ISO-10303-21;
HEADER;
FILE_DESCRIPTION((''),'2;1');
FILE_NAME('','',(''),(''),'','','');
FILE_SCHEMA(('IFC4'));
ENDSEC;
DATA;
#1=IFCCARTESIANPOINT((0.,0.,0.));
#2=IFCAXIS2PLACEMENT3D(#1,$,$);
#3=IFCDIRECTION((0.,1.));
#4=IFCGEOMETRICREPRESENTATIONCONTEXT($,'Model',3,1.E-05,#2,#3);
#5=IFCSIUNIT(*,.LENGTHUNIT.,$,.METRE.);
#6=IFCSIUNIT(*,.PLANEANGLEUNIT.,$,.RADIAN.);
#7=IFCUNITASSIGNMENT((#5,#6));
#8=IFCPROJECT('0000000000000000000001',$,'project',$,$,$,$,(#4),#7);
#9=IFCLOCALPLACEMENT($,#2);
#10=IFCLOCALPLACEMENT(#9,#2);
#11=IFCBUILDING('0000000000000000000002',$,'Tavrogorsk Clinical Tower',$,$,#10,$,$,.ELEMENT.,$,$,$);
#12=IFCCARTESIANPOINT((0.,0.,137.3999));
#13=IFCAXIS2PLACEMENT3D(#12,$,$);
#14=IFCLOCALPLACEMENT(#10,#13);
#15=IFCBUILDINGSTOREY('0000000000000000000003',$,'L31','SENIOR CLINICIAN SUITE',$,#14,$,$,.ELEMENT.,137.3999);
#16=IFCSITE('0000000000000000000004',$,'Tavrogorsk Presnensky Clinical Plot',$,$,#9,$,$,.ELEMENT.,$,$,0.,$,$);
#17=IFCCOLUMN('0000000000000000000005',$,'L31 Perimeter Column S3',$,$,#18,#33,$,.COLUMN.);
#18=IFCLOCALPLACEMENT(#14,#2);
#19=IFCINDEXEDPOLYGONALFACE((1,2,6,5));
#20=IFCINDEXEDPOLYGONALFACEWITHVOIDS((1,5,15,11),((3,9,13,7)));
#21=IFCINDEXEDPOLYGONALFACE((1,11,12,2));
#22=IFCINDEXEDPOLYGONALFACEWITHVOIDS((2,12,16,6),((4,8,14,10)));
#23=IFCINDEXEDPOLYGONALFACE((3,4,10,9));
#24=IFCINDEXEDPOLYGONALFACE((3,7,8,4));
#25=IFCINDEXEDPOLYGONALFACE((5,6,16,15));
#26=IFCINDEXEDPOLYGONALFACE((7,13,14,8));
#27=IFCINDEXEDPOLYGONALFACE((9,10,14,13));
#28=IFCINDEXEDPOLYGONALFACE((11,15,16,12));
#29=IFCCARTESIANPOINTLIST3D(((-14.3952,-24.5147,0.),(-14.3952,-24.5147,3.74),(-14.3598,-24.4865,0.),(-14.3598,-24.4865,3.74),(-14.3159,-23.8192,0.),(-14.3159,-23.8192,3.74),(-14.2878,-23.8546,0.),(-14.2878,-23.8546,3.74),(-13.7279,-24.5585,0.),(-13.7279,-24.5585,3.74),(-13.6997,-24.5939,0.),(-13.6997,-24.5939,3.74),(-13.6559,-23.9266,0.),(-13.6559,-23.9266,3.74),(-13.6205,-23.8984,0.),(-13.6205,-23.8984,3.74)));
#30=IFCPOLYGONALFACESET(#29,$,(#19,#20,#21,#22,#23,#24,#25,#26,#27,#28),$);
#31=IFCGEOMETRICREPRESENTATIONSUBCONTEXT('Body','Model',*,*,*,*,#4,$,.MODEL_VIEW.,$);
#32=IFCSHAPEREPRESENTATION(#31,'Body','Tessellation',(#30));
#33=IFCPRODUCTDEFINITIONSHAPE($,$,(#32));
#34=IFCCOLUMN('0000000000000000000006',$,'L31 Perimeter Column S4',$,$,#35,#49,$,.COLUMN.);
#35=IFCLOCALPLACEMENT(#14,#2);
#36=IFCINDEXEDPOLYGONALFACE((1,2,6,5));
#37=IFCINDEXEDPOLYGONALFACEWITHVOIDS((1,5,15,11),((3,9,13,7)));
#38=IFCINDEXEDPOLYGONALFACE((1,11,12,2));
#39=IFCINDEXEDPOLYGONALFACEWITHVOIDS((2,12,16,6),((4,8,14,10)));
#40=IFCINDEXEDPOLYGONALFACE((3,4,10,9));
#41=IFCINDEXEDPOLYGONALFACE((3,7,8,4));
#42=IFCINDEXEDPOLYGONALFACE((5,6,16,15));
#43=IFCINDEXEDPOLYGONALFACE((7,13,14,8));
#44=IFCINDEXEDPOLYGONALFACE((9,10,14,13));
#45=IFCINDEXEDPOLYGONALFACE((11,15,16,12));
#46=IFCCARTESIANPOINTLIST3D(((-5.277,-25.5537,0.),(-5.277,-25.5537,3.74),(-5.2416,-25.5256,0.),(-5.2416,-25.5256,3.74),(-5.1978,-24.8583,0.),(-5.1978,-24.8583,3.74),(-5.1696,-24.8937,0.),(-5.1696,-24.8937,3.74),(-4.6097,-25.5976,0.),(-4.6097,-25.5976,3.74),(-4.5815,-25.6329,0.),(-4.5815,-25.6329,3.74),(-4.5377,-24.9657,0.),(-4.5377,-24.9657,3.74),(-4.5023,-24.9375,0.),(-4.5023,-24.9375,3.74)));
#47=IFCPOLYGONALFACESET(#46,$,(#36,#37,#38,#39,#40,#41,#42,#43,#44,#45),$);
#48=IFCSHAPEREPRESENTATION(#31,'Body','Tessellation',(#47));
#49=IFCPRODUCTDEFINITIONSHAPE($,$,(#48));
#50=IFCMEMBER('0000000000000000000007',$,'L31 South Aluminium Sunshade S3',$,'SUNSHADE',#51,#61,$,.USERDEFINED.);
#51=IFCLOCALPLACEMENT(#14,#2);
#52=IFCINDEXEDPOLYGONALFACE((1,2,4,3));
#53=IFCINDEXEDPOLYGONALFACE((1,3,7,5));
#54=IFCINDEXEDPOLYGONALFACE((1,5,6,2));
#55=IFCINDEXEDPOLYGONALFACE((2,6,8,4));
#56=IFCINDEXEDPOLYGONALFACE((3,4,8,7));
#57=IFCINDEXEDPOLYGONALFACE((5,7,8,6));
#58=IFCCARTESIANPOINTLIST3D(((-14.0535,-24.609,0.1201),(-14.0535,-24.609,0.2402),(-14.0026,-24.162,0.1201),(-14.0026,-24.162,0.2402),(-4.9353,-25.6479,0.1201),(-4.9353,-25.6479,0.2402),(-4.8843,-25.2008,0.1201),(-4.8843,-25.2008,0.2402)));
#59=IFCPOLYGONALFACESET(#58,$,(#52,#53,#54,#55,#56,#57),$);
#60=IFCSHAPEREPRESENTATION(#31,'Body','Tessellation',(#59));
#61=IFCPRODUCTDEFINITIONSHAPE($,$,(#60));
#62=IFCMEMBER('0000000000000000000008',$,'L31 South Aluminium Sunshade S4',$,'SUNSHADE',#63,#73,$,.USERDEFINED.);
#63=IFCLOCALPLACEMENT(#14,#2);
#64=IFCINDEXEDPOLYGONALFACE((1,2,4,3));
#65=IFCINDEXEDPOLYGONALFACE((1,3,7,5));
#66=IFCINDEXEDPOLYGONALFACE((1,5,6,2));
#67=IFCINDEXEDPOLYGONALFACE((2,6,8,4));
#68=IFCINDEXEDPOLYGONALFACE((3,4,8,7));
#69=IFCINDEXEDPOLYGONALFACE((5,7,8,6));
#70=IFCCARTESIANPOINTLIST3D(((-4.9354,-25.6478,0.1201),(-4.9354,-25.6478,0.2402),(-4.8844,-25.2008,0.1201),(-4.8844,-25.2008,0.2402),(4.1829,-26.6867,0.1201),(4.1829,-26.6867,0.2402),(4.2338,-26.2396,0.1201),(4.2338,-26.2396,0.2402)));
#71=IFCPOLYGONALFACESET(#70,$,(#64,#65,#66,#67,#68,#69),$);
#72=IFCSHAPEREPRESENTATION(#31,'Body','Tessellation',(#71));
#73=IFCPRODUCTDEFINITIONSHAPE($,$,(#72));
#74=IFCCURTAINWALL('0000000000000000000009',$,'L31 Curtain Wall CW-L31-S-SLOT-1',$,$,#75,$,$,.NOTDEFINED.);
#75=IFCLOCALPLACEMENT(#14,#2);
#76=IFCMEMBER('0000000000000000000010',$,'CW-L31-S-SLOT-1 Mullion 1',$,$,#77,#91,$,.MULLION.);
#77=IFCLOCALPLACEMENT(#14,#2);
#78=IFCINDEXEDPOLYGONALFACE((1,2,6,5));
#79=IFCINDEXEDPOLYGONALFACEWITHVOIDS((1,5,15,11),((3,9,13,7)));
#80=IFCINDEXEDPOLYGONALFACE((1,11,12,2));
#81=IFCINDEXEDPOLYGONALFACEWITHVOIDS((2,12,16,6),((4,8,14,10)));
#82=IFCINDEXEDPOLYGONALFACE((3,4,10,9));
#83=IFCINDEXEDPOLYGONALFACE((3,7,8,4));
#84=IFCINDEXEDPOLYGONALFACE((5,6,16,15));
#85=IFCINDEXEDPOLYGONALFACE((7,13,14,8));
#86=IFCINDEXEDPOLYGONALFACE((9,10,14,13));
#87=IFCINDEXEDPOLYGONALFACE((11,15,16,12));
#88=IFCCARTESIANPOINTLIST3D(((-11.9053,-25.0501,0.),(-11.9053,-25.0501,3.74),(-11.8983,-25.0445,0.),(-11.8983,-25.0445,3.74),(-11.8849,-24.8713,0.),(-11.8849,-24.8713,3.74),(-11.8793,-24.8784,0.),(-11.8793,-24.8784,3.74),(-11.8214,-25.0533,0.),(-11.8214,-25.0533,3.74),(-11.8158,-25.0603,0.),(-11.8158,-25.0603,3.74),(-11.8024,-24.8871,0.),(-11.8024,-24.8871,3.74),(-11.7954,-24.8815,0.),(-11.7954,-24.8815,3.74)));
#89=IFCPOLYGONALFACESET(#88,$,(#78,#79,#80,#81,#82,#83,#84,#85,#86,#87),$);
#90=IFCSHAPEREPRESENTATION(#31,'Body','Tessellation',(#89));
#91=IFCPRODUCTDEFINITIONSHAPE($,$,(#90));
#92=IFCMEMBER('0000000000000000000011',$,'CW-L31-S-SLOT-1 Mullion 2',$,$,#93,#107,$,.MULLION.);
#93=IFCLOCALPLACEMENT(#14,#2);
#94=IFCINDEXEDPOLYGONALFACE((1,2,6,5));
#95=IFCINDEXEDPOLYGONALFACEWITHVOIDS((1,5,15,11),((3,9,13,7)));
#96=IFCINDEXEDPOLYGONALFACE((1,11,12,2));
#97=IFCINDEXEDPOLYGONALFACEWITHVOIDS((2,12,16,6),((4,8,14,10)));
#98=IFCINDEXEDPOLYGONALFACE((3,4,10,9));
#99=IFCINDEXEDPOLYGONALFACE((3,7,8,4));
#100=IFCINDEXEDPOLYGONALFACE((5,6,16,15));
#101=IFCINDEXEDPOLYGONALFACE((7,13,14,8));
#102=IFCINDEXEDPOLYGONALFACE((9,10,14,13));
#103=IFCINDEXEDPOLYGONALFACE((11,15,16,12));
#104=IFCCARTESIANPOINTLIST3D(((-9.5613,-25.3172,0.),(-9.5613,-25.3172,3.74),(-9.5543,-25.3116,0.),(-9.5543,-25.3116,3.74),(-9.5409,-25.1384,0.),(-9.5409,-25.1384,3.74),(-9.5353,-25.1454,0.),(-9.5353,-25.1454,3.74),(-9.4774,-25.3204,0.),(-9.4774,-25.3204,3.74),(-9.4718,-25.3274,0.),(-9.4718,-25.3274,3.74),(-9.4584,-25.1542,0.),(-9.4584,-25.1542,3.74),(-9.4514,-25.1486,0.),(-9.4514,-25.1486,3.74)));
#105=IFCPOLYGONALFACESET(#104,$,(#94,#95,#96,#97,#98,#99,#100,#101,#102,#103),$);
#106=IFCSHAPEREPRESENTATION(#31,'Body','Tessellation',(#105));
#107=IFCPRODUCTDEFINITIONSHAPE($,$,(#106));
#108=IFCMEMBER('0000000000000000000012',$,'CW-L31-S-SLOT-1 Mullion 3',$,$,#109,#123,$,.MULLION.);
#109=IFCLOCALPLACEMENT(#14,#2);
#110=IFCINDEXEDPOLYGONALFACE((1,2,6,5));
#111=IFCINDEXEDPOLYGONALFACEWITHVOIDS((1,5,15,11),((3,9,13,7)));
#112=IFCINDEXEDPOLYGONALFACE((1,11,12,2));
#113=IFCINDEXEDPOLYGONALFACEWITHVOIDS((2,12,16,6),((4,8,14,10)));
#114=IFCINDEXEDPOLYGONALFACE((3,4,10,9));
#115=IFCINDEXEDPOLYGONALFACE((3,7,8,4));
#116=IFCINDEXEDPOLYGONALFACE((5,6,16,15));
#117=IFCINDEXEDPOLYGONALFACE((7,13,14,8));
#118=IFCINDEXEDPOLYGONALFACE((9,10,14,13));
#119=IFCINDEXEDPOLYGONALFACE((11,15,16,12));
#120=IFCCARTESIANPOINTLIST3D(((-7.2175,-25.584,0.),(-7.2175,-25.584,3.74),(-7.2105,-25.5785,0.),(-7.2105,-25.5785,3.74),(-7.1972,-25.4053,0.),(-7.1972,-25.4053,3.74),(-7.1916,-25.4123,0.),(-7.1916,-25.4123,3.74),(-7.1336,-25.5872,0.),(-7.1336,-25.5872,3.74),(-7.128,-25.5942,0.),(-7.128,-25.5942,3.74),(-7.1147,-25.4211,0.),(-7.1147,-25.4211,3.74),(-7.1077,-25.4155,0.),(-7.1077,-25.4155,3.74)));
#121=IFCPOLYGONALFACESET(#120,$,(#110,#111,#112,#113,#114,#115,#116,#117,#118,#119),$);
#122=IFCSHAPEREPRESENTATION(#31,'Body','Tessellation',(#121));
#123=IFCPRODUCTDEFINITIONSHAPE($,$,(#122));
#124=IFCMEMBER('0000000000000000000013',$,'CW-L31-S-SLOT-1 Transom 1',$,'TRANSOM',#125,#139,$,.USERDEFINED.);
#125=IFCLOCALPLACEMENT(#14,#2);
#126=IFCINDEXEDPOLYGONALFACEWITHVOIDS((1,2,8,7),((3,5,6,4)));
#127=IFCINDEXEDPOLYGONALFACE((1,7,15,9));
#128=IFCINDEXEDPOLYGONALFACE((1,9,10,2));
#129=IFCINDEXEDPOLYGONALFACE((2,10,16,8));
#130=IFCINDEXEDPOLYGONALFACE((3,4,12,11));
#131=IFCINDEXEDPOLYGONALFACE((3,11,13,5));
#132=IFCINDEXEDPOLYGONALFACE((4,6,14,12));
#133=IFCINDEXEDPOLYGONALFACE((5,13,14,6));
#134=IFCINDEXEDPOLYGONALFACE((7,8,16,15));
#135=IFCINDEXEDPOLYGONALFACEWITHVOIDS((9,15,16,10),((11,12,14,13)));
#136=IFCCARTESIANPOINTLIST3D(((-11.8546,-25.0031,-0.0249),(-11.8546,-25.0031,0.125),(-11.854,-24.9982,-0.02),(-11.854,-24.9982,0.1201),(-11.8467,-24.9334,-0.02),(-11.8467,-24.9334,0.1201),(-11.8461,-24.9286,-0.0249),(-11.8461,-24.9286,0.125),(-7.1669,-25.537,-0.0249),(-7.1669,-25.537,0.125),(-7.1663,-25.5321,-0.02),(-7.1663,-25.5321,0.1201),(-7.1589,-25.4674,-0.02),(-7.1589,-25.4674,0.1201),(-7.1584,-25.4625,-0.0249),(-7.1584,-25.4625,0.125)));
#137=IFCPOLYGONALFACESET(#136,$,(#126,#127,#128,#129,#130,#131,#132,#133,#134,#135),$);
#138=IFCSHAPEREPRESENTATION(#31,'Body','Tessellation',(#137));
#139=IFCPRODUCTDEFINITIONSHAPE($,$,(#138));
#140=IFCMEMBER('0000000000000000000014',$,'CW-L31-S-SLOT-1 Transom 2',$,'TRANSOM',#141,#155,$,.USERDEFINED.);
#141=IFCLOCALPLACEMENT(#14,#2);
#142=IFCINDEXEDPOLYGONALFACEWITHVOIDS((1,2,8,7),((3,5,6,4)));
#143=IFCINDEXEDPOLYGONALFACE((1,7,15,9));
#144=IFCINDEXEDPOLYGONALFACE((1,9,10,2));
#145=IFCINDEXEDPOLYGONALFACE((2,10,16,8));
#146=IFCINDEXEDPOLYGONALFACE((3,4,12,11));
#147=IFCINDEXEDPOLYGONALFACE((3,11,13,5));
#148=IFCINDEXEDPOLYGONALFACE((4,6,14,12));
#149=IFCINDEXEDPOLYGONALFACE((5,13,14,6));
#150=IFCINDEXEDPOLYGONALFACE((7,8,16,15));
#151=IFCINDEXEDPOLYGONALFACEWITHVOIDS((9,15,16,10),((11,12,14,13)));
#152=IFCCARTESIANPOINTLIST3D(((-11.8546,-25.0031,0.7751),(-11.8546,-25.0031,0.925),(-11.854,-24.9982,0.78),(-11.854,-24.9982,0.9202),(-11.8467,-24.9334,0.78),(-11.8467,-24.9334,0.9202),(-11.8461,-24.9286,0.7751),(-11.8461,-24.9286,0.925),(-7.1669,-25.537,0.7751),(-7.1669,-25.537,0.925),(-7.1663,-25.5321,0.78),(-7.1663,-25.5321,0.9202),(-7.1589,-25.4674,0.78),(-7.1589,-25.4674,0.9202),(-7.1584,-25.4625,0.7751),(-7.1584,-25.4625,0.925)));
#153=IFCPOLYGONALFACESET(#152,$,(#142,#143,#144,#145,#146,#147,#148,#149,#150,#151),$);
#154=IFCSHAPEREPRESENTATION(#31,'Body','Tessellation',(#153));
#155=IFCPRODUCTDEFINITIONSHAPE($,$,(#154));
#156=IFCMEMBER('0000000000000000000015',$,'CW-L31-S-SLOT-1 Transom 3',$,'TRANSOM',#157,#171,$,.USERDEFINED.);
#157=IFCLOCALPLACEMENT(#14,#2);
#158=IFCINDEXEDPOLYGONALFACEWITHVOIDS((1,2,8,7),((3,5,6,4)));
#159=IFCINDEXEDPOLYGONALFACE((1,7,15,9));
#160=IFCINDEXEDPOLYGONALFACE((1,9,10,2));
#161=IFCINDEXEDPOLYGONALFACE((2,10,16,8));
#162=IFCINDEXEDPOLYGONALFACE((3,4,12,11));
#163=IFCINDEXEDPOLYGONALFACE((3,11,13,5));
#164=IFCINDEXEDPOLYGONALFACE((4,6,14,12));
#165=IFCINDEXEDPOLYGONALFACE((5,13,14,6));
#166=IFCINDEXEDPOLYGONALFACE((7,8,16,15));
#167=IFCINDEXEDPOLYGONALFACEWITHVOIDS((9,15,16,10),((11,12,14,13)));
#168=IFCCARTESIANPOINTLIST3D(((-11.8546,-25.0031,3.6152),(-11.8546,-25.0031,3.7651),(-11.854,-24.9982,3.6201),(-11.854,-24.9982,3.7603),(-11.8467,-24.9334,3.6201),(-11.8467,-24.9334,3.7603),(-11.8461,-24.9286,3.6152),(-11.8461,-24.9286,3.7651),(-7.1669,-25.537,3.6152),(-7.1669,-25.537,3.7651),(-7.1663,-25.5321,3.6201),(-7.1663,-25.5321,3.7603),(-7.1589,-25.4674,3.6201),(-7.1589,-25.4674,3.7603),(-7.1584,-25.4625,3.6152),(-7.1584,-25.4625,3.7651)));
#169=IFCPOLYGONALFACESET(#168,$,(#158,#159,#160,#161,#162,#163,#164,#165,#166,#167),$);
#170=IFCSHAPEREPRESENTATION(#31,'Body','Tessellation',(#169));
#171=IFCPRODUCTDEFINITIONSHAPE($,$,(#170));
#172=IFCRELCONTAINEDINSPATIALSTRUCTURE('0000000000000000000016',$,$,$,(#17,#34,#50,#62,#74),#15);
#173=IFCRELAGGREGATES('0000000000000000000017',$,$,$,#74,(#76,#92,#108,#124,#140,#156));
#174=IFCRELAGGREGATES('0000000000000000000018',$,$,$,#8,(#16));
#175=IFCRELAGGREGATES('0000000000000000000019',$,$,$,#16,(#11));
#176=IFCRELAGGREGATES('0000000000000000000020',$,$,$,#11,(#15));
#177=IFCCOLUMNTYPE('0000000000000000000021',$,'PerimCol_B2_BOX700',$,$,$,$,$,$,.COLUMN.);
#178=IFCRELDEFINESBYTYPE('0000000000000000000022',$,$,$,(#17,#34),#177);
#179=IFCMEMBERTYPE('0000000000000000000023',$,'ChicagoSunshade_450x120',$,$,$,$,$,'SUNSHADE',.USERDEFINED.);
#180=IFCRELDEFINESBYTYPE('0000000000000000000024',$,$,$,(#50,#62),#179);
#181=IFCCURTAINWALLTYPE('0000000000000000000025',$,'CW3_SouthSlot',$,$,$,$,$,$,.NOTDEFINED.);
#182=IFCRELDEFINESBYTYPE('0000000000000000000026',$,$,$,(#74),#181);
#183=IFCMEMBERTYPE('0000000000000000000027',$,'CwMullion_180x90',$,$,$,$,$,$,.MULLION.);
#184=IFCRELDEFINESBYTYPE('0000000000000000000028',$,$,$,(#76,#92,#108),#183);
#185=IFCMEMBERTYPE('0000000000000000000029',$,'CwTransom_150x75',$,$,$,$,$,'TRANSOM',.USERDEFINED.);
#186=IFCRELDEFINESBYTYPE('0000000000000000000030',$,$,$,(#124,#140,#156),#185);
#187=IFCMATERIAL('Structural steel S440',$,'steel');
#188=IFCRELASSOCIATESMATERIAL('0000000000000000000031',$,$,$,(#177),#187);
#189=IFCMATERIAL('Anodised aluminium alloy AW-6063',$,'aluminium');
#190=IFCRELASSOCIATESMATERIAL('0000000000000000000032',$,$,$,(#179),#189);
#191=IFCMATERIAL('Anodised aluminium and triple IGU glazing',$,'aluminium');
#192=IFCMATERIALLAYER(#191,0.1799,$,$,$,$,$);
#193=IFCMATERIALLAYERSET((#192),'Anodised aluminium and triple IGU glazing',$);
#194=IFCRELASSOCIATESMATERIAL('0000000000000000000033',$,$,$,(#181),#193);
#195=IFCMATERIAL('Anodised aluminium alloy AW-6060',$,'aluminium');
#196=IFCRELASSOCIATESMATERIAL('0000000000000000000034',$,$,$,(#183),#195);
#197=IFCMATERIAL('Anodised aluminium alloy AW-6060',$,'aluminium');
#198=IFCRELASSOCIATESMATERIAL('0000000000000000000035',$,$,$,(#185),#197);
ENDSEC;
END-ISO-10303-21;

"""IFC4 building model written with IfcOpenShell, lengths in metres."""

from ifc_helpers import new_model, si_unit, direction, frame, origin, origin_2d, place, context, subcontext, project, spatial, rectangle, hollow_rectangle, extrude, material, layer, layer_set, material_profile, profile_set, type_object, element, aggregate, save


model = new_model("IFC4")

# Units and contexts
model_context = context("Model", 3, precision=1e-05, world=origin(), true_north=direction((0.0, 1.0)))
body_context = subcontext(model_context, "Body", "Model", "MODEL_VIEW")
ifc_project = project(units=[si_unit("LENGTHUNIT", "METRE"), si_unit("PLANEANGLEUNIT", "RADIAN")], contexts=[model_context])

# Site, building, storey
site_placement = place(None, origin())
site = spatial("IfcSite", under=ifc_project, at=site_placement, Name="Tavrogorsk Presnensky Clinical Plot", CompositionType="ELEMENT", RefElevation=0.0)
building_placement = place(site_placement, origin())
building = spatial("IfcBuilding", under=site, at=building_placement, Name="Tavrogorsk Clinical Tower", CompositionType="ELEMENT")
storey_placement = place(building_placement, frame((0.0, 0.0, 137.3999)))
storey = spatial("IfcBuildingStorey", under=building, at=storey_placement, Name="L31", Description="SENIOR CLINICIAN SUITE", CompositionType="ELEMENT", Elevation=137.3999)

# Columns
ifc_material_1 = material(Name="Structural steel S440", Category="steel")
ifc_material_profile_1 = material_profile(ifc_material_1, hollow_rectangle(XDim=0.7, YDim=0.7, WallThickness=0.032, at=origin_2d()), Name="BOX-700x700x32")
ifc_profile_set_1 = profile_set([ifc_material_profile_1], Name="Structural steel S440")
column_type = type_object("IfcColumnType", Name="PerimCol_B2_BOX700", PredefinedType="COLUMN", material=ifc_profile_set_1)
for number, where, z_axis, x_axis, name in (
    (1, (-14.0078, -24.2065, 0.0), (0.0, 0.0, 1.0), (0.993572, -0.113203, 0.0), "L31 Perimeter Column S3"),
    (2, (-4.8896, -25.2456, 0.0), (0.0, 0.0, 1.0), (0.993572, -0.113203, 0.0), "L31 Perimeter Column S4"),
):
    element("IfcColumn", number, at=place(storey_placement, frame(where, z_axis=z_axis, x_axis=x_axis)), inside=storey, type_object=column_type, Name=name, PredefinedType="COLUMN", context=body_context, shape_type="SweptSolid", body=[
        extrude(hollow_rectangle(XDim=0.7, YDim=0.7, WallThickness=0.032, at=origin_2d()), origin(), (0.0, 0.0, 1.0), 3.74),
    ])

# Members
ifc_material_2 = material(Name="Anodised aluminium alloy AW-6063", Category="aluminium")
ifc_material_profile_2 = material_profile(ifc_material_2, rectangle(XDim=0.45, YDim=0.1201, at=origin_2d()), Name="ALU-SUNSHADE-450x120")
ifc_profile_set_2 = profile_set([ifc_material_profile_2], Name="Anodised aluminium alloy AW-6063")
member_type_1 = type_object("IfcMemberType", Name="ChicagoSunshade_450x120", ElementType="SUNSHADE", PredefinedType="USERDEFINED", material=ifc_profile_set_2)
for number, where, z_axis, x_axis, name in (
    (3, (-14.0281, -24.3855, 0.1802), (0.993573, -0.113196, 0.0), (0.113196, 0.993573, 0.0), "L31 South Aluminium Sunshade S3"),
    (4, (-4.9099, -25.4243, 0.1802), (0.993573, -0.113196, 0.0), (0.113196, 0.993573, 0.0), "L31 South Aluminium Sunshade S4"),
):
    element("IfcMember", number, at=place(storey_placement, frame(where, z_axis=z_axis, x_axis=x_axis)), inside=storey, type_object=member_type_1, Name=name, ObjectType="SUNSHADE", PredefinedType="USERDEFINED", context=body_context, shape_type="SweptSolid", body=[
        extrude(rectangle(XDim=0.45, YDim=0.1201, at=origin_2d()), origin(), (0.0, 0.0, 1.0), 9.1772),
    ])

# Curtain wall, members
ifc_material_3 = material(Name="Anodised aluminium and triple IGU glazing", Category="aluminium")
ifc_layer_1 = layer(ifc_material_3, 0.1799)
ifc_layer_set_1 = layer_set([ifc_layer_1], Name="Anodised aluminium and triple IGU glazing")
curtain_wall_type = type_object("IfcCurtainWallType", Name="CW3_SouthSlot", PredefinedType="NOTDEFINED", material=ifc_layer_set_1)
curtain_wall_placement = place(storey_placement, origin())
curtain_wall = element("IfcCurtainWall", 5, at=curtain_wall_placement, inside=storey, type_object=curtain_wall_type, Name="L31 Curtain Wall CW-L31-S-SLOT-1", PredefinedType="NOTDEFINED")
ifc_material_4 = material(Name="Anodised aluminium alloy AW-6060", Category="aluminium")
ifc_material_profile_3 = material_profile(ifc_material_4, hollow_rectangle(XDim=0.0901, YDim=0.1799, WallThickness=0.0063, at=origin_2d()), Name="RHS-180x90x6.3")
ifc_profile_set_3 = profile_set([ifc_material_profile_3], Name="Anodised aluminium alloy AW-6060")
member_type_2 = type_object("IfcMemberType", Name="CwMullion_180x90", PredefinedType="MULLION", material=ifc_profile_set_3)
member_1_placement = place(storey_placement, frame((-11.8503, -24.9658, 0.0), z_axis=(0.0, 0.0, 1.0), x_axis=(0.993572, -0.113203, 0.0)))
member_1 = element("IfcMember", 6, at=member_1_placement, type_object=member_type_2, Name="CW-L31-S-SLOT-1 Mullion 1", PredefinedType="MULLION", context=body_context, shape_type="SweptSolid", body=[
    extrude(hollow_rectangle(XDim=0.0901, YDim=0.1799, WallThickness=0.0063, at=origin_2d()), origin(), (0.0, 0.0, 1.0), 3.74),
])
member_2_placement = place(storey_placement, frame((-9.5063, -25.2329, 0.0), z_axis=(0.0, 0.0, 1.0), x_axis=(0.993572, -0.113203, 0.0)))
member_2 = element("IfcMember", 7, at=member_2_placement, type_object=member_type_2, Name="CW-L31-S-SLOT-1 Mullion 2", PredefinedType="MULLION", context=body_context, shape_type="SweptSolid", body=[
    extrude(hollow_rectangle(XDim=0.0901, YDim=0.1799, WallThickness=0.0063, at=origin_2d()), origin(), (0.0, 0.0, 1.0), 3.74),
])
member_3_placement = place(storey_placement, frame((-7.1626, -25.4998, 0.0), z_axis=(0.0, 0.0, 1.0), x_axis=(0.993572, -0.113203, 0.0)))
member_3 = element("IfcMember", 8, at=member_3_placement, type_object=member_type_2, Name="CW-L31-S-SLOT-1 Mullion 3", PredefinedType="MULLION", context=body_context, shape_type="SweptSolid", body=[
    extrude(hollow_rectangle(XDim=0.0901, YDim=0.1799, WallThickness=0.0063, at=origin_2d()), origin(), (0.0, 0.0, 1.0), 3.74),
])
ifc_material_5 = material(Name="Anodised aluminium alloy AW-6060", Category="aluminium")
ifc_material_profile_4 = material_profile(ifc_material_5, hollow_rectangle(XDim=0.075, YDim=0.1499, WallThickness=0.0049, at=origin_2d()), Name="RHS-150x75x5")
ifc_profile_set_4 = profile_set([ifc_material_profile_4], Name="Anodised aluminium alloy AW-6060")
member_type_3 = type_object("IfcMemberType", Name="CwTransom_150x75", ElementType="TRANSOM", PredefinedType="USERDEFINED", material=ifc_profile_set_4)
member_4_placement = place(storey_placement, frame((-11.8503, -24.9658, 0.05), z_axis=(0.993576, -0.113169, 0.0), x_axis=(0.113169, 0.993576, 0.0)))
member_4 = element("IfcMember", 9, at=member_4_placement, type_object=member_type_3, Name="CW-L31-S-SLOT-1 Transom 1", ObjectType="TRANSOM", PredefinedType="USERDEFINED", context=body_context, shape_type="SweptSolid", body=[
    extrude(hollow_rectangle(XDim=0.075, YDim=0.1499, WallThickness=0.0049, at=origin_2d()), origin(), (0.0, 0.0, 1.0), 4.718),
])
member_5_placement = place(storey_placement, frame((-11.8503, -24.9658, 0.8501), z_axis=(0.993576, -0.113169, 0.0), x_axis=(0.113169, 0.993576, 0.0)))
member_5 = element("IfcMember", 10, at=member_5_placement, type_object=member_type_3, Name="CW-L31-S-SLOT-1 Transom 2", ObjectType="TRANSOM", PredefinedType="USERDEFINED", context=body_context, shape_type="SweptSolid", body=[
    extrude(hollow_rectangle(XDim=0.075, YDim=0.1499, WallThickness=0.0049, at=origin_2d()), origin(), (0.0, 0.0, 1.0), 4.718),
])
member_6_placement = place(storey_placement, frame((-11.8503, -24.9658, 3.6902), z_axis=(0.993576, -0.113169, 0.0), x_axis=(0.113169, 0.993576, 0.0)))
member_6 = element("IfcMember", 11, at=member_6_placement, type_object=member_type_3, Name="CW-L31-S-SLOT-1 Transom 3", ObjectType="TRANSOM", PredefinedType="USERDEFINED", context=body_context, shape_type="SweptSolid", body=[
    extrude(hollow_rectangle(XDim=0.075, YDim=0.1499, WallThickness=0.0049, at=origin_2d()), origin(), (0.0, 0.0, 1.0), 4.718),
])

aggregate(curtain_wall, [member_1, member_2, member_3, member_4, member_5, member_6])

save(model, "model.ifc")
